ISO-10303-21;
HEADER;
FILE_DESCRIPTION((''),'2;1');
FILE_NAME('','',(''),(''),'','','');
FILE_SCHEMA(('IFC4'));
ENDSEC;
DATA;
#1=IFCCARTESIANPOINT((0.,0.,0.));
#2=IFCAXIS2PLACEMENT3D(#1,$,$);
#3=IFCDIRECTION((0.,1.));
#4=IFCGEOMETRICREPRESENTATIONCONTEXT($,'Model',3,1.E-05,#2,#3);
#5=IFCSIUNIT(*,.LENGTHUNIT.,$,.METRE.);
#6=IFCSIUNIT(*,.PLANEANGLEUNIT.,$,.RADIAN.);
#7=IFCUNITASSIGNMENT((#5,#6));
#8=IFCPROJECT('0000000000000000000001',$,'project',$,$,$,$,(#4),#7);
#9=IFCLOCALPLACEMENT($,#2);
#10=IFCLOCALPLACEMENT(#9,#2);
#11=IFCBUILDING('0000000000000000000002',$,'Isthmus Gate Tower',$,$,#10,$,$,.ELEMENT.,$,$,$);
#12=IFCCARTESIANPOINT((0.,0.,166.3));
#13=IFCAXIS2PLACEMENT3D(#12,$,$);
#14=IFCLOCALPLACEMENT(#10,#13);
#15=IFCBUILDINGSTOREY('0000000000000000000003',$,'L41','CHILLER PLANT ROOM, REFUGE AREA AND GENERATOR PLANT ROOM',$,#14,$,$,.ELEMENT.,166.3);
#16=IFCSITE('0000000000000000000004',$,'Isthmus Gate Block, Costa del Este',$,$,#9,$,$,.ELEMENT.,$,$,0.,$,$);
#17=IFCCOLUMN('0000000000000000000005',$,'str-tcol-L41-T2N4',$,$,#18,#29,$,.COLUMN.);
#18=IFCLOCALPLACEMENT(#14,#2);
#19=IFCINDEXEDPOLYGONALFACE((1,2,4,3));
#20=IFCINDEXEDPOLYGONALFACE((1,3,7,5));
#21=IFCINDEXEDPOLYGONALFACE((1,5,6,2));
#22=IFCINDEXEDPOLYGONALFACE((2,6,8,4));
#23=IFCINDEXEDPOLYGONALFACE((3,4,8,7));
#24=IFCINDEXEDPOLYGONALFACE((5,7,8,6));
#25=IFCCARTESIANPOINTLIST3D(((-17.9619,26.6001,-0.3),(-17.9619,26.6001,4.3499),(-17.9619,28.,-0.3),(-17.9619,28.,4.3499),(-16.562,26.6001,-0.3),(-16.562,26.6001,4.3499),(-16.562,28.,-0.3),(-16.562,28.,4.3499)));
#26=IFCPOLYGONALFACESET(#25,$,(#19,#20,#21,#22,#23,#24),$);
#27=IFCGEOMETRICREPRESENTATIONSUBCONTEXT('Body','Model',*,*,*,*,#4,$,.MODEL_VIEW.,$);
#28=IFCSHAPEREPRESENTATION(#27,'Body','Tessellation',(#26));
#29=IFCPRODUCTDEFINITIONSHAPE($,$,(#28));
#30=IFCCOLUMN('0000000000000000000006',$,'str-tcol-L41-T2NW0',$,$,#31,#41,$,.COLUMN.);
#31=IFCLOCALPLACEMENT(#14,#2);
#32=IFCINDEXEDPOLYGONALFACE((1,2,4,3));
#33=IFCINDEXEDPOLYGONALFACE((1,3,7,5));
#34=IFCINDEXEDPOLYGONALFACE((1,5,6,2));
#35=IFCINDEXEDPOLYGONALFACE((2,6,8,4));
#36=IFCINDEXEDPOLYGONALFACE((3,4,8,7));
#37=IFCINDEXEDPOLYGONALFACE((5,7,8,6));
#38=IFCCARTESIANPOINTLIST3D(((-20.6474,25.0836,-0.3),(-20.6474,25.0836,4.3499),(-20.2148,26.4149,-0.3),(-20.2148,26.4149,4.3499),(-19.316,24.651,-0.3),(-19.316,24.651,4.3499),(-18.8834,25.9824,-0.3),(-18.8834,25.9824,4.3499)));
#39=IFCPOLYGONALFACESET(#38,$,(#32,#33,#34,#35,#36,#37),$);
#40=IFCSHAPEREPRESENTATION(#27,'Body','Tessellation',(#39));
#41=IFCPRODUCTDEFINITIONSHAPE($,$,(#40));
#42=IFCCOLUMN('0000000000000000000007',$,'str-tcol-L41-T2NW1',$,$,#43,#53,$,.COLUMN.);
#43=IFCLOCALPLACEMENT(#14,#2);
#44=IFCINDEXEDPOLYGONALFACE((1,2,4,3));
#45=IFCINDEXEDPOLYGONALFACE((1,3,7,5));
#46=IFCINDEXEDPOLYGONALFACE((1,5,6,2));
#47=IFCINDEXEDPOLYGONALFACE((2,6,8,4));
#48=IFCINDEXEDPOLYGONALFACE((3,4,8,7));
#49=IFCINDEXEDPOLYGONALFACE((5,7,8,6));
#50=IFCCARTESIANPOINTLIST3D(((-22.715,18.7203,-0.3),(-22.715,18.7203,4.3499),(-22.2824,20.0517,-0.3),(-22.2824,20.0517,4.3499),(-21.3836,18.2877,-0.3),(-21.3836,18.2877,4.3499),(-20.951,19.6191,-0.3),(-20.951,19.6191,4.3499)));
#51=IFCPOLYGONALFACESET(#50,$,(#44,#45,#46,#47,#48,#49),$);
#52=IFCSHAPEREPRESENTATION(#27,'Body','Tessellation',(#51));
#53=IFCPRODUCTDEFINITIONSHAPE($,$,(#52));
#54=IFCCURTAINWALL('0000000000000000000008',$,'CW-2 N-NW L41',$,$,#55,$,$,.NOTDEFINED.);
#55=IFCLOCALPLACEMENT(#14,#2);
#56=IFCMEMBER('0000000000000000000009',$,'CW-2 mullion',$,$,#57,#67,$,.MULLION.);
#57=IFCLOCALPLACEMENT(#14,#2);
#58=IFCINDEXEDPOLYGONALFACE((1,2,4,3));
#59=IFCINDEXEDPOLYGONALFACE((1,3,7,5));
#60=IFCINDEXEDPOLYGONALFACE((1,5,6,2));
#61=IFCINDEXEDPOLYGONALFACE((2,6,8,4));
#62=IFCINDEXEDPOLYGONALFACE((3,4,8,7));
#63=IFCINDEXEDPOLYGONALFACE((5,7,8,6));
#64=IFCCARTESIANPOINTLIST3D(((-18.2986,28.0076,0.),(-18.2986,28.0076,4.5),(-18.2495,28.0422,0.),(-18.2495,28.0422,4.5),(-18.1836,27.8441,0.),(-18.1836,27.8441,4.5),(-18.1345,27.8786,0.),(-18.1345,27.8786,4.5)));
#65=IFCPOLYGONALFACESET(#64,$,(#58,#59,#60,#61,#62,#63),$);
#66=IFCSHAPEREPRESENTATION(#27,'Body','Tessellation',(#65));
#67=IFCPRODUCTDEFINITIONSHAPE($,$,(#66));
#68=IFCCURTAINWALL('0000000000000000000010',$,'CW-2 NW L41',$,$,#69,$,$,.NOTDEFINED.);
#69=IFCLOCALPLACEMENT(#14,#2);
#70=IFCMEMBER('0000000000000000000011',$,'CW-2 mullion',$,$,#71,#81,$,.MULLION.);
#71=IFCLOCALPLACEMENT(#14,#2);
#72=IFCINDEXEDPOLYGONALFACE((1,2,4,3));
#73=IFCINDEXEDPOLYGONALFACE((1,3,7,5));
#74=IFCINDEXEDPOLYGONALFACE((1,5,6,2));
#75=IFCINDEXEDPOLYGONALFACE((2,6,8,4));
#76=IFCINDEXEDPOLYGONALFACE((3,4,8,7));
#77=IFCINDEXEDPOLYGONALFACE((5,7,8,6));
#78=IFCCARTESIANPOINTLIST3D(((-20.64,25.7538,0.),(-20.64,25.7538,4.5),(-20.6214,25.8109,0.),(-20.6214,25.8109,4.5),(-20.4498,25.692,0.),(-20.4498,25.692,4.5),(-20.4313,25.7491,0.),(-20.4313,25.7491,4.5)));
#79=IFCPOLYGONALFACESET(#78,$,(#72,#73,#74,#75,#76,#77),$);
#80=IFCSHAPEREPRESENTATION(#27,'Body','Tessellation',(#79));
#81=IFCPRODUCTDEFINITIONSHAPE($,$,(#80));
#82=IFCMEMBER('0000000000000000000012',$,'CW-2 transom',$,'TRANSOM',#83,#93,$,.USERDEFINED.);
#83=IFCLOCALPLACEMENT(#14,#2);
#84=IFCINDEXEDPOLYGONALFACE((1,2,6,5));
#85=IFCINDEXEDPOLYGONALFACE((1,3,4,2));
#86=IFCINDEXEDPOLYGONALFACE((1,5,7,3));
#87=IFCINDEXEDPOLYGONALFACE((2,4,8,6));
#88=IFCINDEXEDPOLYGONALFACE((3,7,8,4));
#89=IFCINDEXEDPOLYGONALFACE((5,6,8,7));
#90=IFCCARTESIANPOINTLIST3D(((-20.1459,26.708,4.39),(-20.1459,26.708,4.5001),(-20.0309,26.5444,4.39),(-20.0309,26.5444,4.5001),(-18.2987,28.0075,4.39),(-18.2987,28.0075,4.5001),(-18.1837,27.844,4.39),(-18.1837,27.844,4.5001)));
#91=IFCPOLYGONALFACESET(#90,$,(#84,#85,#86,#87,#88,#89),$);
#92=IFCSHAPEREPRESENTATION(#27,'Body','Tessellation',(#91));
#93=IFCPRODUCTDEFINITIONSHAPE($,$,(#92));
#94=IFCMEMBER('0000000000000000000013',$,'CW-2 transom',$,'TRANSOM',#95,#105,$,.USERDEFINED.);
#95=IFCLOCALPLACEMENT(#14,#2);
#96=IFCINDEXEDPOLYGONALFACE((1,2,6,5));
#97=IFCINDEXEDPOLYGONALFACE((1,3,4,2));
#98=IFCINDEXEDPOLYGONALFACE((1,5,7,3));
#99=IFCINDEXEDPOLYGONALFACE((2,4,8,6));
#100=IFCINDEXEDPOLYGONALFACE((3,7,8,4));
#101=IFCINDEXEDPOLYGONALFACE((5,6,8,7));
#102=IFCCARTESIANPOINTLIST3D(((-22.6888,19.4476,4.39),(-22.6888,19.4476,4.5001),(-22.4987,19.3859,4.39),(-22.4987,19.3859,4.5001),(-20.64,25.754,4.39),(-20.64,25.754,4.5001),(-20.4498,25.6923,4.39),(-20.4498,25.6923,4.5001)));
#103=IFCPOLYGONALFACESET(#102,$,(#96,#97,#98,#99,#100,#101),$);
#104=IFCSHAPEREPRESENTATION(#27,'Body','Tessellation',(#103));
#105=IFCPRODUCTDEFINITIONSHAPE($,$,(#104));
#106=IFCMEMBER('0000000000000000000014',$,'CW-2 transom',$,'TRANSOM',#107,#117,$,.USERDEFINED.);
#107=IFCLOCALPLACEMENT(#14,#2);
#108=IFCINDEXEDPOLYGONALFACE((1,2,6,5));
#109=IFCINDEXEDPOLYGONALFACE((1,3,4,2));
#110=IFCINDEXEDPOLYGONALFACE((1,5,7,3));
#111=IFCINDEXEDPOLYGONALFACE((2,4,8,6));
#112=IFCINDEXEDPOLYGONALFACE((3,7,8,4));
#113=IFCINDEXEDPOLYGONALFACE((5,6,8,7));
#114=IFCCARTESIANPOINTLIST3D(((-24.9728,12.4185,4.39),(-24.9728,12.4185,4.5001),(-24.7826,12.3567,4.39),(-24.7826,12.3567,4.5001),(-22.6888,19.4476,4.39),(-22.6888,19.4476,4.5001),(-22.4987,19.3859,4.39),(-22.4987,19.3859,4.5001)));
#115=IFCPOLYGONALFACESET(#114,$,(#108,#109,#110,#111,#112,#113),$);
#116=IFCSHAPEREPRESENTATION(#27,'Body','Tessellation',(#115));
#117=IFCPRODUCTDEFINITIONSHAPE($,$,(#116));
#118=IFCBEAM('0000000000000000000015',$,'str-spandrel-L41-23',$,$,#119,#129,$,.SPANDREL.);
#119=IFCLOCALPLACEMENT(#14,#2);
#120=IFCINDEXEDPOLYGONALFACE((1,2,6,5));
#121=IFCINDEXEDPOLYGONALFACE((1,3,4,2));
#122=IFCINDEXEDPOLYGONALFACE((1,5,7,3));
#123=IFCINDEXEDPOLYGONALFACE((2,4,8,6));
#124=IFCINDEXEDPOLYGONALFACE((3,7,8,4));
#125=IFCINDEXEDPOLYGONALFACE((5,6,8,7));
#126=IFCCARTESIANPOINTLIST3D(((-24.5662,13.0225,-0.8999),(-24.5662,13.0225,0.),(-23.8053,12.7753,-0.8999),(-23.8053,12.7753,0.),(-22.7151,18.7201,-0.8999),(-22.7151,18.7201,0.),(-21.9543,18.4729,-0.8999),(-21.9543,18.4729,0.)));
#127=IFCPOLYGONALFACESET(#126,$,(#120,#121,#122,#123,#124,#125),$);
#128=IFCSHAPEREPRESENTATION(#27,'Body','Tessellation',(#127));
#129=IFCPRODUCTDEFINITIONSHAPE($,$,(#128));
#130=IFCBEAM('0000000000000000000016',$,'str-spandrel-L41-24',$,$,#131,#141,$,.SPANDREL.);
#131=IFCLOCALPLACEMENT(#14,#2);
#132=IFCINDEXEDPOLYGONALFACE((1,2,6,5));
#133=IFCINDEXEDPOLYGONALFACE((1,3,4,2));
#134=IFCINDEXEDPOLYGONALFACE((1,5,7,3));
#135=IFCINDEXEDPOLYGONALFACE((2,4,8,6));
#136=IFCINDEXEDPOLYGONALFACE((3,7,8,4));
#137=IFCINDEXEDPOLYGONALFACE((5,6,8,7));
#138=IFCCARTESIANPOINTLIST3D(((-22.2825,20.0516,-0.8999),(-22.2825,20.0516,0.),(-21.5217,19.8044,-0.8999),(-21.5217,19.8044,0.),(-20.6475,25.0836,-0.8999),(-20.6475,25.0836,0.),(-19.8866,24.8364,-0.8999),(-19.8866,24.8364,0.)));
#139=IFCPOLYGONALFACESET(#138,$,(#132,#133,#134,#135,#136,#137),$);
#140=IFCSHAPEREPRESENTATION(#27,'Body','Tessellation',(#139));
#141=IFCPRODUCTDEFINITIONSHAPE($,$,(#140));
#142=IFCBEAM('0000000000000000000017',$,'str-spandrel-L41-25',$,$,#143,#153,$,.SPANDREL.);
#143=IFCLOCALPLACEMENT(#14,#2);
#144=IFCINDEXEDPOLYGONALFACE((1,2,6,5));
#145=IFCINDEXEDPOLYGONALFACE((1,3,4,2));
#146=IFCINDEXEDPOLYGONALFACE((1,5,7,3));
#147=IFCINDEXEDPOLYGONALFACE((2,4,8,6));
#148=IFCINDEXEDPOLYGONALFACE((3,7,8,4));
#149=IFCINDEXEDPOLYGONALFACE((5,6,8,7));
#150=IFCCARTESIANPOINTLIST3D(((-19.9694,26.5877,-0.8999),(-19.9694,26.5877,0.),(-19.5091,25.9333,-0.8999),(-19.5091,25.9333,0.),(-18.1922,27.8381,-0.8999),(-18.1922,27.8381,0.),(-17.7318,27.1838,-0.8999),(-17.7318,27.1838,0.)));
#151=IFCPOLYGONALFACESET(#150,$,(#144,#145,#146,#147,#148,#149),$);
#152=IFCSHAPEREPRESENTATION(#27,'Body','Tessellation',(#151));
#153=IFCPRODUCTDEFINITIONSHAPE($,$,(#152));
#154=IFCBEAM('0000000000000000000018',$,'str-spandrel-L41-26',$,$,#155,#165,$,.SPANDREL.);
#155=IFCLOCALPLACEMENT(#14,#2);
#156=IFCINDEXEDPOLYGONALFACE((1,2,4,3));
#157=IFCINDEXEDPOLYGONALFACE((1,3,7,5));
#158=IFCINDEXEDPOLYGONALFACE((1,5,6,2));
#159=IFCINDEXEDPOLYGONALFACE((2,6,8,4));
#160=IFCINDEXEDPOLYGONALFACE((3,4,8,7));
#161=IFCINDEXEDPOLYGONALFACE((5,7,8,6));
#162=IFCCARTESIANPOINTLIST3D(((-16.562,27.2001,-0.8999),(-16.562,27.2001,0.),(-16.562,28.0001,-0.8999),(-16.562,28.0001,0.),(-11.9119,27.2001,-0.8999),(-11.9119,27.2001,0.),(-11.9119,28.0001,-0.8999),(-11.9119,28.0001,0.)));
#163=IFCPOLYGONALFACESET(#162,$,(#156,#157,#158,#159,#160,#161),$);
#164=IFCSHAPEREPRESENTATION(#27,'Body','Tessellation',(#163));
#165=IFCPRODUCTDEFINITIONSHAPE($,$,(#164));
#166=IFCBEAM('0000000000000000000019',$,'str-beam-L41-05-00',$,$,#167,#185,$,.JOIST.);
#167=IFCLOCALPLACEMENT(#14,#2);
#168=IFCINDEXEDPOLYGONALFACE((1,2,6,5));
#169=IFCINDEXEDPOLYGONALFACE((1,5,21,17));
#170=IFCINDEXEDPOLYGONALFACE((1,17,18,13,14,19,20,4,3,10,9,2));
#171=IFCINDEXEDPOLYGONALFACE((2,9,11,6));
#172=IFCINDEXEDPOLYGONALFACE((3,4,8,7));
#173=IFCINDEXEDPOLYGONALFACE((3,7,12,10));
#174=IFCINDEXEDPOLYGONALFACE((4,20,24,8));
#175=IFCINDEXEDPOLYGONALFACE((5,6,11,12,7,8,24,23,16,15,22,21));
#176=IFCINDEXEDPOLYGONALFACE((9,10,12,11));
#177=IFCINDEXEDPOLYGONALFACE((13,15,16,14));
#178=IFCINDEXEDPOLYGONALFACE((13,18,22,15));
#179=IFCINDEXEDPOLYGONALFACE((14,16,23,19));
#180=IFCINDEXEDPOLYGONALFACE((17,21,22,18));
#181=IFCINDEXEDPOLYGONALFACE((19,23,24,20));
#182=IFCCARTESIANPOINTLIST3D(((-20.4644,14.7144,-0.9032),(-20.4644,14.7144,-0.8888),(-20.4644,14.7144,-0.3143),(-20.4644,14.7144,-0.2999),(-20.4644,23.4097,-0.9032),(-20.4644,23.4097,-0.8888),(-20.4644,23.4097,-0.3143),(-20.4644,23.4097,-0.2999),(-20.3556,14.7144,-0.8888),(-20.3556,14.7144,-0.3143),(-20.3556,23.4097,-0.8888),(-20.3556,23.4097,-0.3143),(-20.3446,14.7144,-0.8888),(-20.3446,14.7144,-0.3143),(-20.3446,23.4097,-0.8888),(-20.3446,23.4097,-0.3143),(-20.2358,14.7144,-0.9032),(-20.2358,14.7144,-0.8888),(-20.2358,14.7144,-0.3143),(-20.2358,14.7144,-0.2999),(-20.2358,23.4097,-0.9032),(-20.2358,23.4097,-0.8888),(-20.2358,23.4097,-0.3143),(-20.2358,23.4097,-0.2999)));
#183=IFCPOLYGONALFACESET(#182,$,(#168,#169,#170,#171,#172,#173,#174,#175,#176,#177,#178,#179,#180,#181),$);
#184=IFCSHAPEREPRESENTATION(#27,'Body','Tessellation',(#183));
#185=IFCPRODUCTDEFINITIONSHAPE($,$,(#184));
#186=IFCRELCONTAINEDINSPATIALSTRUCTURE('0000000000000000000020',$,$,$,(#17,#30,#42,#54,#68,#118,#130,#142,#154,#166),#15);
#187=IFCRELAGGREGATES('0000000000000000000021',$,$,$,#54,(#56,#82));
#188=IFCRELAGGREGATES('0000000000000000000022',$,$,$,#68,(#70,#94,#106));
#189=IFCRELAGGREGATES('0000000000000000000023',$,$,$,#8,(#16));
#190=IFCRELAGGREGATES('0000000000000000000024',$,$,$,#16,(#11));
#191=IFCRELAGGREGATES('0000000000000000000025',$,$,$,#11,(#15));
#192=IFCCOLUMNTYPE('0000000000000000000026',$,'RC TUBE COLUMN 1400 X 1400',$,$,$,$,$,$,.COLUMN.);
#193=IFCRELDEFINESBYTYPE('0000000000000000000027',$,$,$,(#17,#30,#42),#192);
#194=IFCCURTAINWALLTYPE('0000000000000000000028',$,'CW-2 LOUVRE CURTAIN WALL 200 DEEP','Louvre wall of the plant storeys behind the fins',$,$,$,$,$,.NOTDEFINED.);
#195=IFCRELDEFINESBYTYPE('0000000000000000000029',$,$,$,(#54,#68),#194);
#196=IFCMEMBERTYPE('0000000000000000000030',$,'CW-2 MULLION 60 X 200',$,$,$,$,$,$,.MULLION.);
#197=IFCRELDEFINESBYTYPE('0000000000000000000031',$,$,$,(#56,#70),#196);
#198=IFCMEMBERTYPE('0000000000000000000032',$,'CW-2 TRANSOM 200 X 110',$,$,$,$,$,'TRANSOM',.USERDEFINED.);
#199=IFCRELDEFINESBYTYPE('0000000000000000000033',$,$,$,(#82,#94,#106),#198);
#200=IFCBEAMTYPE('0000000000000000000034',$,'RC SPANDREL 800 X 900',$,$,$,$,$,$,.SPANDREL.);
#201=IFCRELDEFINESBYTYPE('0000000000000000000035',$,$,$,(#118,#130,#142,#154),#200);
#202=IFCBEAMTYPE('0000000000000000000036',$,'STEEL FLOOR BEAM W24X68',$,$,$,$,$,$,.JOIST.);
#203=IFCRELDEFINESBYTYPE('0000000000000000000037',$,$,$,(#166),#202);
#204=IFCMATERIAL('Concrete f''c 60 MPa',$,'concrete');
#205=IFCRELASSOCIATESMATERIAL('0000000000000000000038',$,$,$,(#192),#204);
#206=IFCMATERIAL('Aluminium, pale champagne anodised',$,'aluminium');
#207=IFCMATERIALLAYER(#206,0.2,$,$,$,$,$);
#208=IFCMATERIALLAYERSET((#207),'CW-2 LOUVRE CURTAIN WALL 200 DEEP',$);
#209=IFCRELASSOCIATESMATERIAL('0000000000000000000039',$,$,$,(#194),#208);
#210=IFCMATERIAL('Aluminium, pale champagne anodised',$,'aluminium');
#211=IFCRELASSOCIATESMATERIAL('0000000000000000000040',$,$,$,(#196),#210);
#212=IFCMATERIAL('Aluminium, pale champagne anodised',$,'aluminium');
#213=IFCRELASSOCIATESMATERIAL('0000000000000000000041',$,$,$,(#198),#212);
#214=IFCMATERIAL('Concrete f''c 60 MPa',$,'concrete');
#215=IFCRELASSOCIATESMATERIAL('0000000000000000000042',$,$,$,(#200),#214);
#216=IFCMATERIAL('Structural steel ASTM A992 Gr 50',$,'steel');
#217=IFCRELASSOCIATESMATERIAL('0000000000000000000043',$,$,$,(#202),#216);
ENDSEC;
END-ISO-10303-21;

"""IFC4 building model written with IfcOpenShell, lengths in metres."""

from ifc_helpers import new_model, si_unit, direction, frame, origin, origin_2d, place, context, subcontext, project, spatial, rectangle, i_section, extrude, material, layer, layer_set, material_profile, profile_set, type_object, element, aggregate, save


model = new_model("IFC4")

# Units and contexts
model_context = context("Model", 3, precision=1e-05, world=origin(), true_north=direction((0.0, 1.0)))
body_context = subcontext(model_context, "Body", "Model", "MODEL_VIEW")
ifc_project = project(units=[si_unit("LENGTHUNIT", "METRE"), si_unit("PLANEANGLEUNIT", "RADIAN")], contexts=[model_context])

# Site, building, storey
site_placement = place(None, origin())
site = spatial("IfcSite", under=ifc_project, at=site_placement, Name="Isthmus Gate Block, Costa del Este", CompositionType="ELEMENT", RefElevation=0.0)
building_placement = place(site_placement, origin())
building = spatial("IfcBuilding", under=site, at=building_placement, Name="Isthmus Gate Tower", CompositionType="ELEMENT")
storey_placement = place(building_placement, frame((0.0, 0.0, 166.3)))
storey = spatial("IfcBuildingStorey", under=building, at=storey_placement, Name="L41", Description="CHILLER PLANT ROOM, REFUGE AREA AND GENERATOR PLANT ROOM", CompositionType="ELEMENT", Elevation=166.3)

# Columns
ifc_material_1 = material(Name="Concrete f'c 60 MPa", Category="concrete")
ifc_material_profile_1 = material_profile(ifc_material_1, rectangle(XDim=1.3999, YDim=1.3999, at=origin_2d()), Name="RC 1400X1400")
ifc_profile_set_1 = profile_set([ifc_material_profile_1], Name="Concrete f'c 60 MPa")
column_type = type_object("IfcColumnType", Name="RC TUBE COLUMN 1400 X 1400", PredefinedType="COLUMN", material=ifc_profile_set_1)
for number, where, z_axis, x_axis, name in (
    (1, (-17.262, 27.3, -0.3), (0.0, 0.0, 1.0), (-1.0, 0.0, 0.0), "str-tcol-L41-T2N4"),
    (2, (-19.7654, 25.533, -0.3), (0.0, 0.0, 1.0), (-0.309017, -0.951057, 0.0), "str-tcol-L41-T2NW0"),
    (3, (-21.833, 19.1697, -0.3), (0.0, 0.0, 1.0), (-0.309017, -0.951057, 0.0), "str-tcol-L41-T2NW1"),
):
    element("IfcColumn", number, at=place(storey_placement, frame(where, z_axis=z_axis, x_axis=x_axis)), inside=storey, type_object=column_type, Name=name, PredefinedType="COLUMN", context=body_context, shape_type="SweptSolid", body=[
        extrude(rectangle(XDim=1.3999, YDim=1.3999, at=origin_2d()), origin(), (0.0, 0.0, 1.0), 4.6499),
    ])

# Curtain walls, members
ifc_material_2 = material(Name="Aluminium, pale champagne anodised", Category="aluminium")
ifc_layer_1 = layer(ifc_material_2, 0.2)
ifc_layer_set_1 = layer_set([ifc_layer_1], Name="CW-2 LOUVRE CURTAIN WALL 200 DEEP")
curtain_wall_type = type_object("IfcCurtainWallType", Name="CW-2 LOUVRE CURTAIN WALL 200 DEEP", Description="Louvre wall of the plant storeys behind the fins", PredefinedType="NOTDEFINED", material=ifc_layer_set_1)
curtain_wall_1_placement = place(storey_placement, origin())
curtain_wall_1 = element("IfcCurtainWall", 4, at=curtain_wall_1_placement, inside=storey, type_object=curtain_wall_type, Name="CW-2 N-NW L41", PredefinedType="NOTDEFINED")
ifc_material_3 = material(Name="Aluminium, pale champagne anodised", Category="aluminium")
ifc_material_profile_2 = material_profile(ifc_material_3, rectangle(XDim=0.0601, YDim=0.2, at=origin_2d()), Name="60x200")
ifc_profile_set_2 = profile_set([ifc_material_profile_2], Name="Aluminium, pale champagne anodised")
member_type_1 = type_object("IfcMemberType", Name="CW-2 MULLION 60 X 200", PredefinedType="MULLION", material=ifc_profile_set_2)
member_1_placement = place(storey_placement, frame((-18.2166, 27.9431, 0.0), z_axis=(0.0, 0.0, 1.0), x_axis=(-0.81786, -0.575418, 0.0)))
member_1 = element("IfcMember", 5, at=member_1_placement, type_object=member_type_1, Name="CW-2 mullion", PredefinedType="MULLION", context=body_context, shape_type="SweptSolid", body=[
    extrude(rectangle(XDim=0.0601, YDim=0.2, at=origin_2d()), origin(), (0.0, 0.0, 1.0), 4.5),
])
curtain_wall_2_placement = place(storey_placement, origin())
curtain_wall_2 = element("IfcCurtainWall", 6, at=curtain_wall_2_placement, inside=storey, type_object=curtain_wall_type, Name="CW-2 NW L41", PredefinedType="NOTDEFINED")
member_2_placement = place(storey_placement, frame((-20.5356, 25.7515, 0.0), z_axis=(0.0, 0.0, 1.0), x_axis=(-0.309017, -0.951057, 0.0)))
member_2 = element("IfcMember", 7, at=member_2_placement, type_object=member_type_1, Name="CW-2 mullion", PredefinedType="MULLION", context=body_context, shape_type="SweptSolid", body=[
    extrude(rectangle(XDim=0.0601, YDim=0.2, at=origin_2d()), origin(), (0.0, 0.0, 1.0), 4.5),
])

# Members
ifc_material_4 = material(Name="Aluminium, pale champagne anodised", Category="aluminium")
ifc_material_profile_3 = material_profile(ifc_material_4, rectangle(XDim=0.2, YDim=0.1101, at=origin_2d()), Name="200x110")
ifc_profile_set_3 = profile_set([ifc_material_profile_3], Name="Aluminium, pale champagne anodised")
member_type_2 = type_object("IfcMemberType", Name="CW-2 TRANSOM 200 X 110", ElementType="TRANSOM", PredefinedType="USERDEFINED", material=ifc_profile_set_3)
member_3_placement = place(storey_placement, frame((-18.2412, 27.9258, 4.4451), z_axis=(-0.817869, -0.575405, 0.0), x_axis=(0.575405, -0.817869, 0.0)))
member_3 = element("IfcMember", 8, at=member_3_placement, type_object=member_type_2, Name="CW-2 transom", ObjectType="TRANSOM", PredefinedType="USERDEFINED", context=body_context, shape_type="SweptSolid", body=[
    extrude(rectangle(XDim=0.2, YDim=0.1101, at=origin_2d()), origin(), (0.0, 0.0, 1.0), 2.2585),
])
member_4_placement = place(storey_placement, frame((-20.5449, 25.7231, 4.4451), z_axis=(-0.308984, -0.951067, 0.0), x_axis=(0.951067, -0.308984, 0.0)))
member_4 = element("IfcMember", 9, at=member_4_placement, type_object=member_type_2, Name="CW-2 transom", ObjectType="TRANSOM", PredefinedType="USERDEFINED", context=body_context, shape_type="SweptSolid", body=[
    extrude(rectangle(XDim=0.2, YDim=0.1101, at=origin_2d()), origin(), (0.0, 0.0, 1.0), 6.6309),
])
member_5_placement = place(storey_placement, frame((-22.5938, 19.4167, 4.4451), z_axis=(-0.309024, -0.951054, 0.0), x_axis=(0.951054, -0.309024, 0.0)))
member_5 = element("IfcMember", 10, at=member_5_placement, type_object=member_type_2, Name="CW-2 transom", ObjectType="TRANSOM", PredefinedType="USERDEFINED", context=body_context, shape_type="SweptSolid", body=[
    extrude(rectangle(XDim=0.2, YDim=0.1101, at=origin_2d()), origin(), (0.0, 0.0, 1.0), 7.3909),
])

# Beams
ifc_material_5 = material(Name="Concrete f'c 60 MPa", Category="concrete")
ifc_material_profile_4 = material_profile(ifc_material_5, rectangle(XDim=0.8, YDim=0.8999, at=origin_2d()), Name="RC 800X900")
ifc_profile_set_4 = profile_set([ifc_material_profile_4], Name="Concrete f'c 60 MPa")
beam_type_1 = type_object("IfcBeamType", Name="RC SPANDREL 800 X 900", PredefinedType="SPANDREL", material=ifc_profile_set_4)
beam_1_placement = place(storey_placement, frame((-24.1858, 12.8989, -0.45), z_axis=(0.308993, 0.951064, 0.0), x_axis=(-0.951064, 0.308993, 0.0)))
element("IfcBeam", 11, at=beam_1_placement, inside=storey, type_object=beam_type_1, Name="str-spandrel-L41-23", PredefinedType="SPANDREL", context=body_context, shape_type="SweptSolid", body=[
    extrude(rectangle(XDim=0.8, YDim=0.8999, at=origin_2d()), origin(), (0.0, 0.0, 1.0), 5.9907),
])
beam_2_placement = place(storey_placement, frame((-21.9021, 19.928, -0.45), z_axis=(0.30902, 0.951055, 0.0), x_axis=(-0.951055, 0.30902, 0.0)))
element("IfcBeam", 12, at=beam_2_placement, inside=storey, type_object=beam_type_1, Name="str-spandrel-L41-24", PredefinedType="SPANDREL", context=body_context, shape_type="SweptSolid", body=[
    extrude(rectangle(XDim=0.8, YDim=0.8999, at=origin_2d()), origin(), (0.0, 0.0, 1.0), 5.291),
])
beam_3_placement = place(storey_placement, frame((-19.7393, 26.2605, -0.45), z_axis=(0.817857, 0.575421, 0.0), x_axis=(-0.575421, 0.817857, 0.0)))
element("IfcBeam", 13, at=beam_3_placement, inside=storey, type_object=beam_type_1, Name="str-spandrel-L41-25", PredefinedType="SPANDREL", context=body_context, shape_type="SweptSolid", body=[
    extrude(rectangle(XDim=0.8, YDim=0.8999, at=origin_2d()), origin(), (0.0, 0.0, 1.0), 2.1731),
])
beam_4_placement = place(storey_placement, frame((-16.562, 27.6001, -0.45), z_axis=(1.0, 0.0, 0.0), x_axis=(0.0, 1.0, 0.0)))
element("IfcBeam", 14, at=beam_4_placement, inside=storey, type_object=beam_type_1, Name="str-spandrel-L41-26", PredefinedType="SPANDREL", context=body_context, shape_type="SweptSolid", body=[
    extrude(rectangle(XDim=0.8, YDim=0.8999, at=origin_2d()), origin(), (0.0, 0.0, 1.0), 4.6501),
])
ifc_material_6 = material(Name="Structural steel ASTM A992 Gr 50", Category="steel")
ifc_material_profile_5 = material_profile(ifc_material_6, i_section(OverallWidth=0.2285, OverallDepth=0.6033, WebThickness=0.011, FlangeThickness=0.0144, at=origin_2d()), Name="W24X68")
ifc_profile_set_5 = profile_set([ifc_material_profile_5], Name="Structural steel ASTM A992 Gr 50")
beam_type_2 = type_object("IfcBeamType", Name="STEEL FLOOR BEAM W24X68", PredefinedType="JOIST", material=ifc_profile_set_5)
beam_5_placement = place(storey_placement, frame((-20.3501, 14.7144, -0.6016), z_axis=(0.0, 1.0, 0.0), x_axis=(-1.0, 0.0, 0.0)))
element("IfcBeam", 15, at=beam_5_placement, inside=storey, type_object=beam_type_2, Name="str-beam-L41-05-00", PredefinedType="JOIST", context=body_context, shape_type="SweptSolid", body=[
    extrude(i_section(OverallWidth=0.2285, OverallDepth=0.6033, WebThickness=0.011, FlangeThickness=0.0144, at=origin_2d()), origin(), (0.0, 0.0, 1.0), 8.6953),
])

aggregate(curtain_wall_1, [member_1, member_3])
aggregate(curtain_wall_2, [member_2, member_4, member_5])

save(model, "model.ifc")
